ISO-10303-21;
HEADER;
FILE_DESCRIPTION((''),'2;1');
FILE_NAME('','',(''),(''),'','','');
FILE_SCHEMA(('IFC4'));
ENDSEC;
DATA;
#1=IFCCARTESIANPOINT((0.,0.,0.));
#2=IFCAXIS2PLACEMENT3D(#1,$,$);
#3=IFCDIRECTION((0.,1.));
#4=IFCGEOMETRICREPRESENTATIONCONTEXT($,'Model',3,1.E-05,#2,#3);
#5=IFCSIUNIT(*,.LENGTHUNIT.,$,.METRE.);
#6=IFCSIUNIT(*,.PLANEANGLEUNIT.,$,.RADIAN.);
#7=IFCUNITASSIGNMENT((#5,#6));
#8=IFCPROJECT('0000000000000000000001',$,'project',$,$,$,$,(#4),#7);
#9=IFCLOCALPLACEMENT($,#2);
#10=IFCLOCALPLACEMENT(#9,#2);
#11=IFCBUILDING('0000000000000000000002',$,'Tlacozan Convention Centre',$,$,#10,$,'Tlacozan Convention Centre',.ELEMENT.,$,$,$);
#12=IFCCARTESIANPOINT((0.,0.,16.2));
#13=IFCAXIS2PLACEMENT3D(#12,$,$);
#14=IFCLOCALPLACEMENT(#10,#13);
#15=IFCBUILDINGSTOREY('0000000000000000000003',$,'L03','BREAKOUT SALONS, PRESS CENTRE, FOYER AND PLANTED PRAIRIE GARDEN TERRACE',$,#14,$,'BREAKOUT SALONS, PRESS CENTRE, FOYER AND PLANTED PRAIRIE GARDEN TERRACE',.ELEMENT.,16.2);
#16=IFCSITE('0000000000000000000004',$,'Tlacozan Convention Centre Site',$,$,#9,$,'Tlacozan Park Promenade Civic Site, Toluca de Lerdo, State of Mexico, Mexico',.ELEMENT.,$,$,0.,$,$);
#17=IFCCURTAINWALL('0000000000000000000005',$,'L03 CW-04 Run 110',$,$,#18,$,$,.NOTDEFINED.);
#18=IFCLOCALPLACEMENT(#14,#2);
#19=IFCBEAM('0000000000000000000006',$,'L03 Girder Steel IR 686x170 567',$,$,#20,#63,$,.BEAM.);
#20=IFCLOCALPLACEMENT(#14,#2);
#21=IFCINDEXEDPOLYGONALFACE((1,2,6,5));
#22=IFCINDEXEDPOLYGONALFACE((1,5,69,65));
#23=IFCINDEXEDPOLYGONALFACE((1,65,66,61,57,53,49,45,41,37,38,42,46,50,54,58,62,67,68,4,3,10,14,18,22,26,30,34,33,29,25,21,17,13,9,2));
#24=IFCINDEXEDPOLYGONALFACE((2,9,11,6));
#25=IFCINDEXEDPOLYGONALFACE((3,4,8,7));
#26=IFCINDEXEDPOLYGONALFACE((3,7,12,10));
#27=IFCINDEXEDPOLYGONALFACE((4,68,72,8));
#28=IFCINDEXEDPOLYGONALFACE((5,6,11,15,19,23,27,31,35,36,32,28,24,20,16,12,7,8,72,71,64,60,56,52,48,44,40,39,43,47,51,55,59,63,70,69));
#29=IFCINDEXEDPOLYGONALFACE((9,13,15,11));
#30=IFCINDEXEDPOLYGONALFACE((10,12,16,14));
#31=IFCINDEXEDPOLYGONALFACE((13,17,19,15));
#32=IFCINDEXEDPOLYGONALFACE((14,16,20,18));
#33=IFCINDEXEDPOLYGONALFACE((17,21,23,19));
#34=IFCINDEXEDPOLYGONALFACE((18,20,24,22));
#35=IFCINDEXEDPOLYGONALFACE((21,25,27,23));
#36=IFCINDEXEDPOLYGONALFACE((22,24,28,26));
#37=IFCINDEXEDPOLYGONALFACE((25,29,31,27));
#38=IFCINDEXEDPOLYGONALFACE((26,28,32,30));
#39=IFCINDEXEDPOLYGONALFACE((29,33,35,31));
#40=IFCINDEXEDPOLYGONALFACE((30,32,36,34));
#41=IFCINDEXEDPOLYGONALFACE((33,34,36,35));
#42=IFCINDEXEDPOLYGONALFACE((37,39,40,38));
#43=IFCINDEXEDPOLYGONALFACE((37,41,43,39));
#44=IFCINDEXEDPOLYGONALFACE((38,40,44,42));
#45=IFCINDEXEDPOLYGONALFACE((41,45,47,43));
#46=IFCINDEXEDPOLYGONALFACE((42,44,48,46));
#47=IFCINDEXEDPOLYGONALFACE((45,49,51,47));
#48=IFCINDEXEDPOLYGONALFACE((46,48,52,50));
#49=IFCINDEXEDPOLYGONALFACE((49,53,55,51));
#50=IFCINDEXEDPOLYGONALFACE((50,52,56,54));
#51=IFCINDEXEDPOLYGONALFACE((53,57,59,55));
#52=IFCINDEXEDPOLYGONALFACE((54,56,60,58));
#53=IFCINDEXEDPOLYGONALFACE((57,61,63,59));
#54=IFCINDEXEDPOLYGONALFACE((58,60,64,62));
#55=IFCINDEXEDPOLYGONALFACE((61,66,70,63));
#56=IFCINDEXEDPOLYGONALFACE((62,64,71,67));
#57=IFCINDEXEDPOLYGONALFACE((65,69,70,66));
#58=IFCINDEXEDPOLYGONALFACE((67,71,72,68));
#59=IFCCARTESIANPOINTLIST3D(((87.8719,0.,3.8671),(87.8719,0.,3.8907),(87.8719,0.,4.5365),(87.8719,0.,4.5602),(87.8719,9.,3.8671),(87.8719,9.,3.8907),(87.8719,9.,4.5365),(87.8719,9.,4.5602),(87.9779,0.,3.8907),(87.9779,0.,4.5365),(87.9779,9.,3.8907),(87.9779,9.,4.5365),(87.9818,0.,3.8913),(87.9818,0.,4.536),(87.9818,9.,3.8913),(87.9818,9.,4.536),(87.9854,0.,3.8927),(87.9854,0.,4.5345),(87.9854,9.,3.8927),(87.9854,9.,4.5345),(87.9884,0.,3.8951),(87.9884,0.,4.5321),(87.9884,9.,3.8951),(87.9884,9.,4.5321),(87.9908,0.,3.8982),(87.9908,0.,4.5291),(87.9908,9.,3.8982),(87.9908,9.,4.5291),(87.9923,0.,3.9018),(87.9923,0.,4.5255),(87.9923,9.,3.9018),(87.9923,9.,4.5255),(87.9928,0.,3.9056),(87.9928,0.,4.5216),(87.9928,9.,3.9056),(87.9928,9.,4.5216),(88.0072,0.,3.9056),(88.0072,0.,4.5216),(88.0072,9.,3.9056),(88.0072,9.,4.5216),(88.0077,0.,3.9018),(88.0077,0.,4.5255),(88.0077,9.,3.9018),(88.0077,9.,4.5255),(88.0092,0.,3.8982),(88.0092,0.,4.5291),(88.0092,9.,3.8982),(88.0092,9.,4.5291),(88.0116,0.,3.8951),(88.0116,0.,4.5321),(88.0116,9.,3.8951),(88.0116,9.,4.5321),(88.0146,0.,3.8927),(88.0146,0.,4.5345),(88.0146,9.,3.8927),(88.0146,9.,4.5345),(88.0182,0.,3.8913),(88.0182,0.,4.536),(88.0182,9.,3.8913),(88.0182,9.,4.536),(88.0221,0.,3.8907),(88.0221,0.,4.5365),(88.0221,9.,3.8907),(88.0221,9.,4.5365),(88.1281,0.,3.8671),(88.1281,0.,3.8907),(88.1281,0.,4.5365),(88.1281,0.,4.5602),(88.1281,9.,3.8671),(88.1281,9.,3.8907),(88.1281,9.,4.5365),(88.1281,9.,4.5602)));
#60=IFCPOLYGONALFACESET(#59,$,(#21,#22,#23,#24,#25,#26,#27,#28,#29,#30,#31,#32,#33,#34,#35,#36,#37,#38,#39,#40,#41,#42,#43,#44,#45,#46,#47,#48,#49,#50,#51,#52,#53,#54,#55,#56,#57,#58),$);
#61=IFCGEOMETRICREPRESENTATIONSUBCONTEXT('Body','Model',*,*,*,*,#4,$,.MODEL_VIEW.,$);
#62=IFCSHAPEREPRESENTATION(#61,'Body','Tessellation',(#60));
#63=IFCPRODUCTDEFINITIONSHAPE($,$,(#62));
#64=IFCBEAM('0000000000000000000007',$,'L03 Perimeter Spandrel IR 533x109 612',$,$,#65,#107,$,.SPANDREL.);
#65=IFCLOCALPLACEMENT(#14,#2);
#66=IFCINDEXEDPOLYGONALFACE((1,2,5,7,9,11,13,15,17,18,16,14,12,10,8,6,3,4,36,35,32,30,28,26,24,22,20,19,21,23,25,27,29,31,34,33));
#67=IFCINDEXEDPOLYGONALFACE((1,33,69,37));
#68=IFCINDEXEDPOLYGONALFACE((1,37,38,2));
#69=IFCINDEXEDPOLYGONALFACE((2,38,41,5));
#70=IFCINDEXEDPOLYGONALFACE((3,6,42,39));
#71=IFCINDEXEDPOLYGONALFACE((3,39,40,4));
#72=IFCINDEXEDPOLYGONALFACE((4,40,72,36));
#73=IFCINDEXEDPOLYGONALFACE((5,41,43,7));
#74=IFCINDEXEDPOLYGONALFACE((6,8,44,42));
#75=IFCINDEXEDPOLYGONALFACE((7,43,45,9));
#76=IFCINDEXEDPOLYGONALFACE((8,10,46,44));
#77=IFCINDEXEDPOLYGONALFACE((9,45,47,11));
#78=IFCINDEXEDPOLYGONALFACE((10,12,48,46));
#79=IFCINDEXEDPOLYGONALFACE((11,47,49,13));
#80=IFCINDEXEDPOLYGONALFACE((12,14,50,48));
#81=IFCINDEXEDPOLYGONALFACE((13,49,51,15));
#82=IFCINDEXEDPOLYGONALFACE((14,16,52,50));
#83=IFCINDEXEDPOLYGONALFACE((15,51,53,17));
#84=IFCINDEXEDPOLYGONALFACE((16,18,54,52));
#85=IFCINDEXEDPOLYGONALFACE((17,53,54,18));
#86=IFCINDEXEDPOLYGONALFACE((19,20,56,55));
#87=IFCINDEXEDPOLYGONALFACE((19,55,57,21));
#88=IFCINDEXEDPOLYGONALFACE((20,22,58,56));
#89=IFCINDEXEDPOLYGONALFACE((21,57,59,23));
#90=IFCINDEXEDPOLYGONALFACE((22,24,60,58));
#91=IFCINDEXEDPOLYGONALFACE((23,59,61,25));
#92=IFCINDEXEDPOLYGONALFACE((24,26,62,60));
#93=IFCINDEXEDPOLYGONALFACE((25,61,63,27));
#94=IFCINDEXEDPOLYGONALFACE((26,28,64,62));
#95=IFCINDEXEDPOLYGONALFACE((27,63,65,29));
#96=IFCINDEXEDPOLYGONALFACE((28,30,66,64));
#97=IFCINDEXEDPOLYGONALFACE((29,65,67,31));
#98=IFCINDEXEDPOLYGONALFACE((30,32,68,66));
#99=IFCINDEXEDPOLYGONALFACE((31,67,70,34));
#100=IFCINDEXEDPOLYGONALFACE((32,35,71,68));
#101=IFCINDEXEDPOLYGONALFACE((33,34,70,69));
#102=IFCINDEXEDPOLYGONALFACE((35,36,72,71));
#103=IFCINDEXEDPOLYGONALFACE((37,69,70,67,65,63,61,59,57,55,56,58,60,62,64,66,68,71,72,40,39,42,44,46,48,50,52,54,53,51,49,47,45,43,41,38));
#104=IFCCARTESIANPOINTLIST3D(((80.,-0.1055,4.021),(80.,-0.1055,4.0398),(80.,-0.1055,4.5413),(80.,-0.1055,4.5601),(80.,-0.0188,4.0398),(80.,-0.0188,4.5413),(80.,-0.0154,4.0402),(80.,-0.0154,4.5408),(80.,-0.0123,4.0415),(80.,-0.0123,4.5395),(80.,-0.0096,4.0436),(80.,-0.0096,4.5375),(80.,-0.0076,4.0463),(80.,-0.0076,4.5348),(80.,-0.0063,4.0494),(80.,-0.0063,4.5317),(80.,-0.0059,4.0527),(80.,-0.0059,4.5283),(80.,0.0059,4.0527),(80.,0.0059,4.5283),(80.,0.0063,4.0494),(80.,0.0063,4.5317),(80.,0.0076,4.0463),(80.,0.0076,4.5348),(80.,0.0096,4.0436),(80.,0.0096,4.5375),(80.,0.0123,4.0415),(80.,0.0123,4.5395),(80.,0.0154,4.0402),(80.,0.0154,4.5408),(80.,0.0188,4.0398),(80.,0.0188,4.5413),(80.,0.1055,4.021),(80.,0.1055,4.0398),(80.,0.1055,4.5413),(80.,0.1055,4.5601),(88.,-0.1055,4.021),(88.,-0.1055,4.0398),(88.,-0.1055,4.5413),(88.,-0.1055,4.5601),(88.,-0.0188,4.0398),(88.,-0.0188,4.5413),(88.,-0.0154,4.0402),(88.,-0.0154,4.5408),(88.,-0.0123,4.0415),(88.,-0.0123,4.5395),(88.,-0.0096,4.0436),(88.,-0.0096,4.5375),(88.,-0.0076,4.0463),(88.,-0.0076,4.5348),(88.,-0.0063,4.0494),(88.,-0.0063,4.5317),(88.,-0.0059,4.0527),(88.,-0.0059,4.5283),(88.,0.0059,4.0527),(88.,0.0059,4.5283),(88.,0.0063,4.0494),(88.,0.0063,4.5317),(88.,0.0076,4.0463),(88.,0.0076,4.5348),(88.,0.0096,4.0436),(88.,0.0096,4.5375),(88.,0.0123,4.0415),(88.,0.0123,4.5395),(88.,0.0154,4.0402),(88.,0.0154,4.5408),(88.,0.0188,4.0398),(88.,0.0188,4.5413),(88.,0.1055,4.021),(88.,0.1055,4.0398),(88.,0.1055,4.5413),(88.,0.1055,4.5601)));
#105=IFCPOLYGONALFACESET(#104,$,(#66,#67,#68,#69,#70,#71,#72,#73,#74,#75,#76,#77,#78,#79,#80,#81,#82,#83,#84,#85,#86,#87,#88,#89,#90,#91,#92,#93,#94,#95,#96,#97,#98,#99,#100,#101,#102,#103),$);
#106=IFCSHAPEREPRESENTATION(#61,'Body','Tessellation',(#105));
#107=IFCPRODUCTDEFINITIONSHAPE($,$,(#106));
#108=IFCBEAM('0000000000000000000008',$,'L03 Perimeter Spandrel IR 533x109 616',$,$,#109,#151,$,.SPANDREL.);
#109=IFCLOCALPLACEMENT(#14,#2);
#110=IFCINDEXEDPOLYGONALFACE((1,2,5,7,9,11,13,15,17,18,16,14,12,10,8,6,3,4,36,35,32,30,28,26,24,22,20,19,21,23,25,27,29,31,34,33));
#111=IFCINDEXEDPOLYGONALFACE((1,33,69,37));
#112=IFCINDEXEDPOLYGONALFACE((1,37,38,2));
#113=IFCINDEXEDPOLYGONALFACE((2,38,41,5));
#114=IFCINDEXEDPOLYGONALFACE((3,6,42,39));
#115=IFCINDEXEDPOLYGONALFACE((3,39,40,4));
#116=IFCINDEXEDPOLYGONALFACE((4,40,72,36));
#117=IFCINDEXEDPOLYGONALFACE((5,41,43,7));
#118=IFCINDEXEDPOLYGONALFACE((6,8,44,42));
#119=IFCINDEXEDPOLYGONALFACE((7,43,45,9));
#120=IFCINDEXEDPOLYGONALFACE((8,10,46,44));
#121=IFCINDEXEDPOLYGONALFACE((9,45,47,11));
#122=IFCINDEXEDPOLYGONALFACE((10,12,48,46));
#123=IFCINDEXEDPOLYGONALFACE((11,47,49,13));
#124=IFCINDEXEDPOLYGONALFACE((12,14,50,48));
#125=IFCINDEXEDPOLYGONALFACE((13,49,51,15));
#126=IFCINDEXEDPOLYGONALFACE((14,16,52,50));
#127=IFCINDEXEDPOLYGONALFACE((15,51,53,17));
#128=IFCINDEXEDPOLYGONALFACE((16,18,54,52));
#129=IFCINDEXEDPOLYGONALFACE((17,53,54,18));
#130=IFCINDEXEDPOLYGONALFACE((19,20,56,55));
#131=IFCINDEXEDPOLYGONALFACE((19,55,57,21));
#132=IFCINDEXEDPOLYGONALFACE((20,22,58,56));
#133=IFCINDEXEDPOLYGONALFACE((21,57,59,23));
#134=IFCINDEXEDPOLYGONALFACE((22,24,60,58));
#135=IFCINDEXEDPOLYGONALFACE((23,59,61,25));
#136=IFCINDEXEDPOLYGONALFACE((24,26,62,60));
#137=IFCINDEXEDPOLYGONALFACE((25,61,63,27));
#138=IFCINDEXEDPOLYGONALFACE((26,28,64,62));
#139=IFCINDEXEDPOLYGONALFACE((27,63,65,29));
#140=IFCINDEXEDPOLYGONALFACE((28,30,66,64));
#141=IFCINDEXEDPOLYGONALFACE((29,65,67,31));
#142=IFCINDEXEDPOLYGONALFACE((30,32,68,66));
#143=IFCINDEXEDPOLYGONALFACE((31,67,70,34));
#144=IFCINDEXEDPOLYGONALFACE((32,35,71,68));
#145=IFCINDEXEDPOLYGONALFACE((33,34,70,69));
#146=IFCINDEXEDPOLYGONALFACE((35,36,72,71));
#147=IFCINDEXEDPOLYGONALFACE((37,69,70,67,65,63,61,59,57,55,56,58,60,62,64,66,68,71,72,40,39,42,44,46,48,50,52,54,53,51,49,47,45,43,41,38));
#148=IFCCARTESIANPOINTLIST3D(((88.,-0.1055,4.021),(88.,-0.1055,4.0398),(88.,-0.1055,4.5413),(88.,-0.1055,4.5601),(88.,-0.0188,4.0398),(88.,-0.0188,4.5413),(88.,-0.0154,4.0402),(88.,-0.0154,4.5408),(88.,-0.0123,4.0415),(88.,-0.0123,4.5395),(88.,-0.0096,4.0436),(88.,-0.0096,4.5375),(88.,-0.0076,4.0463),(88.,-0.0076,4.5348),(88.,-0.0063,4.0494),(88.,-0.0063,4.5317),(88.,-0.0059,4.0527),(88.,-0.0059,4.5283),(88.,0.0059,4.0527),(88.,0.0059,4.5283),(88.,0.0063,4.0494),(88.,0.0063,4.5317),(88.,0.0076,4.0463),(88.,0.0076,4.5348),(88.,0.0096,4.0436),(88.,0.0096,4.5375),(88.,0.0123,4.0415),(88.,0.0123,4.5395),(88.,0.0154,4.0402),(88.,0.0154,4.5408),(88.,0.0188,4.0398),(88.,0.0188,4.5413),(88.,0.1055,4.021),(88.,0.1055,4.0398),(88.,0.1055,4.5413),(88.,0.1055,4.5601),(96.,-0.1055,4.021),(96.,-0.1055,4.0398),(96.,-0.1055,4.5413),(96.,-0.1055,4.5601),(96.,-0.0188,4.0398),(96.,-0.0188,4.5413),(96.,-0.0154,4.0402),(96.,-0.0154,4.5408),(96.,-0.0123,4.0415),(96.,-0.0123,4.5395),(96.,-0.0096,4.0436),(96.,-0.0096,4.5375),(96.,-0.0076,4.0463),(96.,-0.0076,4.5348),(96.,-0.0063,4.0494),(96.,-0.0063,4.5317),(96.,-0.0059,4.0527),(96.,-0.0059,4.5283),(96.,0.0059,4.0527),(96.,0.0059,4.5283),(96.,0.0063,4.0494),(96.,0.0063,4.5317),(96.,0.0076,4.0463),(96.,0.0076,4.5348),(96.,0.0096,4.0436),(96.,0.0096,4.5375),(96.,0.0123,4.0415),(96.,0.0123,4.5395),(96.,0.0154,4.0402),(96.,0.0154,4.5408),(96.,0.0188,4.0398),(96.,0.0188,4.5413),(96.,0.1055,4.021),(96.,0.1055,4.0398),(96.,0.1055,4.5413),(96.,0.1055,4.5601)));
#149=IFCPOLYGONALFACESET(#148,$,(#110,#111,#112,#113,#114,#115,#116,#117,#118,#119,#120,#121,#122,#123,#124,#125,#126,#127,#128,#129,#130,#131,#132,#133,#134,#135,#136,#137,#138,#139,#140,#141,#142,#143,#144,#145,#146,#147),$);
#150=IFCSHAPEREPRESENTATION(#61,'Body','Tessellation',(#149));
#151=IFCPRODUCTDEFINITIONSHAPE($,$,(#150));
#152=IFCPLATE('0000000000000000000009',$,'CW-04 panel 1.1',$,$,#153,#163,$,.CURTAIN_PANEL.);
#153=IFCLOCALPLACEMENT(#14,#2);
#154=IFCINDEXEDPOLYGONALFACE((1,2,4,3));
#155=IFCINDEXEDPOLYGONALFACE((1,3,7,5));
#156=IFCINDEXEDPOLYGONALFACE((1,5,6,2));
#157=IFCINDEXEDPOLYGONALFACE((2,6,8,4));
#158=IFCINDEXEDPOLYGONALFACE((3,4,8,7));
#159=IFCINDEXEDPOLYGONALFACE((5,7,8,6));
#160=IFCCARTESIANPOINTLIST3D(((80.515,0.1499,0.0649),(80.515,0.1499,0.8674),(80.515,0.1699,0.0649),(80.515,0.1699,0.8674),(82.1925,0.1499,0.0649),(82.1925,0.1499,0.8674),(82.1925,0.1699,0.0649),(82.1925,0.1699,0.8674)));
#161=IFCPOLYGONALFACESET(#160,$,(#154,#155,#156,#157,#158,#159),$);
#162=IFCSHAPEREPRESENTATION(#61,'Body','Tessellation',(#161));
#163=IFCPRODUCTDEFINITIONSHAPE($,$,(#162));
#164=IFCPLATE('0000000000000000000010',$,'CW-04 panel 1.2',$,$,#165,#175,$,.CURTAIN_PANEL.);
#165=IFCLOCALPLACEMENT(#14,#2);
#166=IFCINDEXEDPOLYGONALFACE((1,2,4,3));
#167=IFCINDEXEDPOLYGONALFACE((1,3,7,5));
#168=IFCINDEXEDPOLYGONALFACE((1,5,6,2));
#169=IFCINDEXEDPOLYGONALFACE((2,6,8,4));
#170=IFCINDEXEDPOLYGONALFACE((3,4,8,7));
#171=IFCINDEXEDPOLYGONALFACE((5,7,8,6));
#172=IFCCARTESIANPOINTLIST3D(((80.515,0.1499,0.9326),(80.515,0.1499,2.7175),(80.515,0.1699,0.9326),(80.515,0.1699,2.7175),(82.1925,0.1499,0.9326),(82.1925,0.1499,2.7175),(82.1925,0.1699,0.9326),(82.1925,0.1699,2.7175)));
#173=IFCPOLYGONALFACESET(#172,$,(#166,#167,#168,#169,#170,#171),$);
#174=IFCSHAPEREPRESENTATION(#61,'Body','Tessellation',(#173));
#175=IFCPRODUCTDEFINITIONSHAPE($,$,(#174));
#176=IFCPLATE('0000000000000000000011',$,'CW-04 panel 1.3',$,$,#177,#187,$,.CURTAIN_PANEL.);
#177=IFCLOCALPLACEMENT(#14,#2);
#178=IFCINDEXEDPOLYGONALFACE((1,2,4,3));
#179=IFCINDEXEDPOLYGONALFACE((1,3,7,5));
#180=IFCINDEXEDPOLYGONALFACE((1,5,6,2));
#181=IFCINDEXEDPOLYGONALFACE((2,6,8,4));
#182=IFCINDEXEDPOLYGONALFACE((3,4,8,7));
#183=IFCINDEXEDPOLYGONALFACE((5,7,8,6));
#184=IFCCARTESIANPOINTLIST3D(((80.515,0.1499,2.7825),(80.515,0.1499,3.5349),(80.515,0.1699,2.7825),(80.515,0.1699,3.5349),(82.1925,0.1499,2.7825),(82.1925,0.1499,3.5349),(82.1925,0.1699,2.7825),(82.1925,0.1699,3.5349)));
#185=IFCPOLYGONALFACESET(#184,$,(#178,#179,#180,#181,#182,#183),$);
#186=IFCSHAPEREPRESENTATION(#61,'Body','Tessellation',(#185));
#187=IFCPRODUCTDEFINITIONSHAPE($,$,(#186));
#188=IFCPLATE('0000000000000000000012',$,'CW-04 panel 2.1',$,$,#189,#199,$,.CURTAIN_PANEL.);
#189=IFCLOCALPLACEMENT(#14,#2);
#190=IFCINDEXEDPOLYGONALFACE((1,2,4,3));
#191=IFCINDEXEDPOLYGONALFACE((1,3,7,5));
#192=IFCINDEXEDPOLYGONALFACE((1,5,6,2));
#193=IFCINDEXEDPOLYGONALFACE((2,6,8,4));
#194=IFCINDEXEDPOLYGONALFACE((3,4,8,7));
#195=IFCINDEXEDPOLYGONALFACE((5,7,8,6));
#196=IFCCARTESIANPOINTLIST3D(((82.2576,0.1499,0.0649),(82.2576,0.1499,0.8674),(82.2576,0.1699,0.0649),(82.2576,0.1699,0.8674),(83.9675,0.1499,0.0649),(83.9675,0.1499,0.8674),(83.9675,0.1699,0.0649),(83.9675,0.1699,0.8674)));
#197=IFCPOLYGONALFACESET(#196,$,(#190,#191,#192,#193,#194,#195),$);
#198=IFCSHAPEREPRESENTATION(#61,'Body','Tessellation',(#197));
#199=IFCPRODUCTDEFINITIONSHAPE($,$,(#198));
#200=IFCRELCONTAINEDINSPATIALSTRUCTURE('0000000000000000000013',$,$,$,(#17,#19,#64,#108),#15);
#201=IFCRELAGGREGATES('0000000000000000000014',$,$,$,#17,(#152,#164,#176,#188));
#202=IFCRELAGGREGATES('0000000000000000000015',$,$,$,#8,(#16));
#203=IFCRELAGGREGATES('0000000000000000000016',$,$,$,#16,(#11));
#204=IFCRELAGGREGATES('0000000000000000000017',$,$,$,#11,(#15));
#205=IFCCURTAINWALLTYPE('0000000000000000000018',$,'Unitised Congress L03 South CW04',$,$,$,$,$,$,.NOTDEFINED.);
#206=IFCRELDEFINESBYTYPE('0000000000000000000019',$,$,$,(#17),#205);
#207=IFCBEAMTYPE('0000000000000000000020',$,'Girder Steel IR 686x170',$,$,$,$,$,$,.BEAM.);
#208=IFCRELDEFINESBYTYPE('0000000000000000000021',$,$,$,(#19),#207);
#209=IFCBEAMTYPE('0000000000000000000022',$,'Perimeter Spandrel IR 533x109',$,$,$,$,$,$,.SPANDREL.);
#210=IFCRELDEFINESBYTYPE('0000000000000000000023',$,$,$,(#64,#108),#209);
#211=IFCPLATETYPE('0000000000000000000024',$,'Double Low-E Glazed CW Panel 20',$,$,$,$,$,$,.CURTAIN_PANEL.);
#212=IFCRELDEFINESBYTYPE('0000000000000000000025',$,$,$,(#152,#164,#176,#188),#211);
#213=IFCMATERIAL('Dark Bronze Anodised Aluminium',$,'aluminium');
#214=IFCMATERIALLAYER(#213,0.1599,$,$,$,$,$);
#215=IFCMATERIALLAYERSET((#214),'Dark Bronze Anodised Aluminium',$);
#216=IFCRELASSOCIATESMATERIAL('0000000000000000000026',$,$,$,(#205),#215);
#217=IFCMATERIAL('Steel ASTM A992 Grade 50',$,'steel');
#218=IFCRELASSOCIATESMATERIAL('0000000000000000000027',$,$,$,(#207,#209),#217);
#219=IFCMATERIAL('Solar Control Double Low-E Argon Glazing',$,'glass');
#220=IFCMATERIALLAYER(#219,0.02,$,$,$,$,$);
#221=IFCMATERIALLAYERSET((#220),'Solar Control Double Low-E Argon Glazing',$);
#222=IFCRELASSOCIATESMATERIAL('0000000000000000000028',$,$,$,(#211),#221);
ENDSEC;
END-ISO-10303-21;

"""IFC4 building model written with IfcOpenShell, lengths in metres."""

from ifc_helpers import new_model, si_unit, direction, frame, origin, origin_2d, place, context, subcontext, project, spatial, rectangle, i_section, extrude, material, layer, layer_set, material_profile, profile_set, type_object, element, aggregate, save


model = new_model("IFC4")

# Units and contexts
model_context = context("Model", 3, precision=1e-05, world=origin(), true_north=direction((0.0, 1.0)))
body_context = subcontext(model_context, "Body", "Model", "MODEL_VIEW")
ifc_project = project(units=[si_unit("LENGTHUNIT", "METRE"), si_unit("PLANEANGLEUNIT", "RADIAN")], contexts=[model_context])

# Site, building, storey
site_placement = place(None, origin())
site = spatial("IfcSite", under=ifc_project, at=site_placement, Name="Tlacozan Convention Centre Site", LongName="Tlacozan Park Promenade Civic Site, Toluca de Lerdo, State of Mexico, Mexico", CompositionType="ELEMENT", RefElevation=0.0)
building_placement = place(site_placement, origin())
building = spatial("IfcBuilding", under=site, at=building_placement, Name="Tlacozan Convention Centre", LongName="Tlacozan Convention Centre", CompositionType="ELEMENT")
storey_placement = place(building_placement, frame((0.0, 0.0, 16.2)))
storey = spatial("IfcBuildingStorey", under=building, at=storey_placement, Name="L03", Description="BREAKOUT SALONS, PRESS CENTRE, FOYER AND PLANTED PRAIRIE GARDEN TERRACE", LongName="BREAKOUT SALONS, PRESS CENTRE, FOYER AND PLANTED PRAIRIE GARDEN TERRACE", CompositionType="ELEMENT", Elevation=16.2)

# Shared definitions
ifc_material_1 = material(Name="Dark Bronze Anodised Aluminium", Category="aluminium")
ifc_layer_1 = layer(ifc_material_1, 0.1599)
ifc_layer_set_1 = layer_set([ifc_layer_1], Name="Dark Bronze Anodised Aluminium")
curtain_wall_type = type_object("IfcCurtainWallType", Name="Unitised Congress L03 South CW04", PredefinedType="NOTDEFINED", material=ifc_layer_set_1)

# Curtain wall
curtain_wall_1_placement = place(storey_placement, origin())
curtain_wall_1 = element("IfcCurtainWall", 1, at=curtain_wall_1_placement, inside=storey, type_object=curtain_wall_type, Name="L03 CW-04 Run 110", PredefinedType="NOTDEFINED")

# Beams
ifc_material_2 = material(Name="Steel ASTM A992 Grade 50", Category="steel")
ifc_material_profile_1 = material_profile(ifc_material_2, i_section(OverallWidth=0.2561, OverallDepth=0.6931, WebThickness=0.0144, FlangeThickness=0.0237, FilletRadius=0.0149, at=origin_2d()), Name="IR 686x170.0")
ifc_profile_set_1 = profile_set([ifc_material_profile_1], Name="Steel ASTM A992 Grade 50")
beam_type_1 = type_object("IfcBeamType", Name="Girder Steel IR 686x170", PredefinedType="BEAM", material=ifc_profile_set_1)
for number, where, z_axis, x_axis, name in (
    (2, (88.0, 0.0, 4.2136), (0.0, 1.0, 0.0), (-1.0, 0.0, 0.0), "L03 Girder Steel IR 686x170 567"),
):
    element("IfcBeam", number, at=place(storey_placement, frame(where, z_axis=z_axis, x_axis=x_axis)), inside=storey, type_object=beam_type_1, Name=name, PredefinedType="BEAM", context=body_context, shape_type="SweptSolid", body=[
        extrude(i_section(OverallWidth=0.2561, OverallDepth=0.6931, WebThickness=0.0144, FlangeThickness=0.0237, FilletRadius=0.0149, at=origin_2d()), origin(), (0.0, 0.0, 1.0), 9.0),
    ])
ifc_material_profile_2 = material_profile(ifc_material_2, i_section(OverallWidth=0.2109, OverallDepth=0.5391, WebThickness=0.0117, FlangeThickness=0.0188, FilletRadius=0.0129, at=origin_2d()), Name="IR 533x109.0")
ifc_profile_set_2 = profile_set([ifc_material_profile_2], Name="Steel ASTM A992 Grade 50")
beam_type_2 = type_object("IfcBeamType", Name="Perimeter Spandrel IR 533x109", PredefinedType="SPANDREL", material=ifc_profile_set_2)
for number, where, z_axis, x_axis, name in (
    (3, (80.0, 0.0, 4.2905), (1.0, 0.0, 0.0), (0.0, 1.0, 0.0), "L03 Perimeter Spandrel IR 533x109 612"),
    (4, (88.0, 0.0, 4.2905), (1.0, 0.0, 0.0), (0.0, 1.0, 0.0), "L03 Perimeter Spandrel IR 533x109 616"),
):
    element("IfcBeam", number, at=place(storey_placement, frame(where, z_axis=z_axis, x_axis=x_axis)), inside=storey, type_object=beam_type_2, Name=name, PredefinedType="SPANDREL", context=body_context, shape_type="SweptSolid", body=[
        extrude(i_section(OverallWidth=0.2109, OverallDepth=0.5391, WebThickness=0.0117, FlangeThickness=0.0188, FilletRadius=0.0129, at=origin_2d()), origin(), (0.0, 0.0, 1.0), 8.0),
    ])

# Plates
ifc_material_3 = material(Name="Solar Control Double Low-E Argon Glazing", Category="glass")
ifc_layer_2 = layer(ifc_material_3, 0.02)
ifc_layer_set_2 = layer_set([ifc_layer_2], Name="Solar Control Double Low-E Argon Glazing")
plate_type_1 = type_object("IfcPlateType", Name="Double Low-E Glazed CW Panel 20", PredefinedType="CURTAIN_PANEL", material=ifc_layer_set_2)
plate_1_placement = place(storey_placement, frame((81.3538, 0.1599, 0.0649), z_axis=(0.0, 0.0, 1.0), x_axis=(1.0, 0.0, 0.0)))
plate_1 = element("IfcPlate", 5, at=plate_1_placement, type_object=plate_type_1, Name="CW-04 panel 1.1", PredefinedType="CURTAIN_PANEL", context=body_context, shape_type="SweptSolid", body=[
    extrude(rectangle(XDim=1.6775, YDim=0.02, at=origin_2d()), origin(), (0.0, 0.0, 1.0), 0.8025),
])
plate_2_placement = place(storey_placement, frame((81.3538, 0.1599, 0.9326), z_axis=(0.0, 0.0, 1.0), x_axis=(1.0, 0.0, 0.0)))
plate_2 = element("IfcPlate", 6, at=plate_2_placement, type_object=plate_type_1, Name="CW-04 panel 1.2", PredefinedType="CURTAIN_PANEL", context=body_context, shape_type="SweptSolid", body=[
    extrude(rectangle(XDim=1.6775, YDim=0.02, at=origin_2d()), origin(), (0.0, 0.0, 1.0), 1.7849),
])
plate_3_placement = place(storey_placement, frame((81.3538, 0.1599, 2.7825), z_axis=(0.0, 0.0, 1.0), x_axis=(1.0, 0.0, 0.0)))
plate_3 = element("IfcPlate", 7, at=plate_3_placement, type_object=plate_type_1, Name="CW-04 panel 1.3", PredefinedType="CURTAIN_PANEL", context=body_context, shape_type="SweptSolid", body=[
    extrude(rectangle(XDim=1.6775, YDim=0.02, at=origin_2d()), origin(), (0.0, 0.0, 1.0), 0.7524),
])
plate_4_placement = place(storey_placement, frame((83.1125, 0.1599, 0.0649), z_axis=(0.0, 0.0, 1.0), x_axis=(1.0, 0.0, 0.0)))
plate_4 = element("IfcPlate", 8, at=plate_4_placement, type_object=plate_type_1, Name="CW-04 panel 2.1", PredefinedType="CURTAIN_PANEL", context=body_context, shape_type="SweptSolid", body=[
    extrude(rectangle(XDim=1.71, YDim=0.02, at=origin_2d()), origin(), (0.0, 0.0, 1.0), 0.8025),
])
aggregate(curtain_wall_1, [plate_1, plate_2, plate_3, plate_4])

save(model, "model.ifc")
